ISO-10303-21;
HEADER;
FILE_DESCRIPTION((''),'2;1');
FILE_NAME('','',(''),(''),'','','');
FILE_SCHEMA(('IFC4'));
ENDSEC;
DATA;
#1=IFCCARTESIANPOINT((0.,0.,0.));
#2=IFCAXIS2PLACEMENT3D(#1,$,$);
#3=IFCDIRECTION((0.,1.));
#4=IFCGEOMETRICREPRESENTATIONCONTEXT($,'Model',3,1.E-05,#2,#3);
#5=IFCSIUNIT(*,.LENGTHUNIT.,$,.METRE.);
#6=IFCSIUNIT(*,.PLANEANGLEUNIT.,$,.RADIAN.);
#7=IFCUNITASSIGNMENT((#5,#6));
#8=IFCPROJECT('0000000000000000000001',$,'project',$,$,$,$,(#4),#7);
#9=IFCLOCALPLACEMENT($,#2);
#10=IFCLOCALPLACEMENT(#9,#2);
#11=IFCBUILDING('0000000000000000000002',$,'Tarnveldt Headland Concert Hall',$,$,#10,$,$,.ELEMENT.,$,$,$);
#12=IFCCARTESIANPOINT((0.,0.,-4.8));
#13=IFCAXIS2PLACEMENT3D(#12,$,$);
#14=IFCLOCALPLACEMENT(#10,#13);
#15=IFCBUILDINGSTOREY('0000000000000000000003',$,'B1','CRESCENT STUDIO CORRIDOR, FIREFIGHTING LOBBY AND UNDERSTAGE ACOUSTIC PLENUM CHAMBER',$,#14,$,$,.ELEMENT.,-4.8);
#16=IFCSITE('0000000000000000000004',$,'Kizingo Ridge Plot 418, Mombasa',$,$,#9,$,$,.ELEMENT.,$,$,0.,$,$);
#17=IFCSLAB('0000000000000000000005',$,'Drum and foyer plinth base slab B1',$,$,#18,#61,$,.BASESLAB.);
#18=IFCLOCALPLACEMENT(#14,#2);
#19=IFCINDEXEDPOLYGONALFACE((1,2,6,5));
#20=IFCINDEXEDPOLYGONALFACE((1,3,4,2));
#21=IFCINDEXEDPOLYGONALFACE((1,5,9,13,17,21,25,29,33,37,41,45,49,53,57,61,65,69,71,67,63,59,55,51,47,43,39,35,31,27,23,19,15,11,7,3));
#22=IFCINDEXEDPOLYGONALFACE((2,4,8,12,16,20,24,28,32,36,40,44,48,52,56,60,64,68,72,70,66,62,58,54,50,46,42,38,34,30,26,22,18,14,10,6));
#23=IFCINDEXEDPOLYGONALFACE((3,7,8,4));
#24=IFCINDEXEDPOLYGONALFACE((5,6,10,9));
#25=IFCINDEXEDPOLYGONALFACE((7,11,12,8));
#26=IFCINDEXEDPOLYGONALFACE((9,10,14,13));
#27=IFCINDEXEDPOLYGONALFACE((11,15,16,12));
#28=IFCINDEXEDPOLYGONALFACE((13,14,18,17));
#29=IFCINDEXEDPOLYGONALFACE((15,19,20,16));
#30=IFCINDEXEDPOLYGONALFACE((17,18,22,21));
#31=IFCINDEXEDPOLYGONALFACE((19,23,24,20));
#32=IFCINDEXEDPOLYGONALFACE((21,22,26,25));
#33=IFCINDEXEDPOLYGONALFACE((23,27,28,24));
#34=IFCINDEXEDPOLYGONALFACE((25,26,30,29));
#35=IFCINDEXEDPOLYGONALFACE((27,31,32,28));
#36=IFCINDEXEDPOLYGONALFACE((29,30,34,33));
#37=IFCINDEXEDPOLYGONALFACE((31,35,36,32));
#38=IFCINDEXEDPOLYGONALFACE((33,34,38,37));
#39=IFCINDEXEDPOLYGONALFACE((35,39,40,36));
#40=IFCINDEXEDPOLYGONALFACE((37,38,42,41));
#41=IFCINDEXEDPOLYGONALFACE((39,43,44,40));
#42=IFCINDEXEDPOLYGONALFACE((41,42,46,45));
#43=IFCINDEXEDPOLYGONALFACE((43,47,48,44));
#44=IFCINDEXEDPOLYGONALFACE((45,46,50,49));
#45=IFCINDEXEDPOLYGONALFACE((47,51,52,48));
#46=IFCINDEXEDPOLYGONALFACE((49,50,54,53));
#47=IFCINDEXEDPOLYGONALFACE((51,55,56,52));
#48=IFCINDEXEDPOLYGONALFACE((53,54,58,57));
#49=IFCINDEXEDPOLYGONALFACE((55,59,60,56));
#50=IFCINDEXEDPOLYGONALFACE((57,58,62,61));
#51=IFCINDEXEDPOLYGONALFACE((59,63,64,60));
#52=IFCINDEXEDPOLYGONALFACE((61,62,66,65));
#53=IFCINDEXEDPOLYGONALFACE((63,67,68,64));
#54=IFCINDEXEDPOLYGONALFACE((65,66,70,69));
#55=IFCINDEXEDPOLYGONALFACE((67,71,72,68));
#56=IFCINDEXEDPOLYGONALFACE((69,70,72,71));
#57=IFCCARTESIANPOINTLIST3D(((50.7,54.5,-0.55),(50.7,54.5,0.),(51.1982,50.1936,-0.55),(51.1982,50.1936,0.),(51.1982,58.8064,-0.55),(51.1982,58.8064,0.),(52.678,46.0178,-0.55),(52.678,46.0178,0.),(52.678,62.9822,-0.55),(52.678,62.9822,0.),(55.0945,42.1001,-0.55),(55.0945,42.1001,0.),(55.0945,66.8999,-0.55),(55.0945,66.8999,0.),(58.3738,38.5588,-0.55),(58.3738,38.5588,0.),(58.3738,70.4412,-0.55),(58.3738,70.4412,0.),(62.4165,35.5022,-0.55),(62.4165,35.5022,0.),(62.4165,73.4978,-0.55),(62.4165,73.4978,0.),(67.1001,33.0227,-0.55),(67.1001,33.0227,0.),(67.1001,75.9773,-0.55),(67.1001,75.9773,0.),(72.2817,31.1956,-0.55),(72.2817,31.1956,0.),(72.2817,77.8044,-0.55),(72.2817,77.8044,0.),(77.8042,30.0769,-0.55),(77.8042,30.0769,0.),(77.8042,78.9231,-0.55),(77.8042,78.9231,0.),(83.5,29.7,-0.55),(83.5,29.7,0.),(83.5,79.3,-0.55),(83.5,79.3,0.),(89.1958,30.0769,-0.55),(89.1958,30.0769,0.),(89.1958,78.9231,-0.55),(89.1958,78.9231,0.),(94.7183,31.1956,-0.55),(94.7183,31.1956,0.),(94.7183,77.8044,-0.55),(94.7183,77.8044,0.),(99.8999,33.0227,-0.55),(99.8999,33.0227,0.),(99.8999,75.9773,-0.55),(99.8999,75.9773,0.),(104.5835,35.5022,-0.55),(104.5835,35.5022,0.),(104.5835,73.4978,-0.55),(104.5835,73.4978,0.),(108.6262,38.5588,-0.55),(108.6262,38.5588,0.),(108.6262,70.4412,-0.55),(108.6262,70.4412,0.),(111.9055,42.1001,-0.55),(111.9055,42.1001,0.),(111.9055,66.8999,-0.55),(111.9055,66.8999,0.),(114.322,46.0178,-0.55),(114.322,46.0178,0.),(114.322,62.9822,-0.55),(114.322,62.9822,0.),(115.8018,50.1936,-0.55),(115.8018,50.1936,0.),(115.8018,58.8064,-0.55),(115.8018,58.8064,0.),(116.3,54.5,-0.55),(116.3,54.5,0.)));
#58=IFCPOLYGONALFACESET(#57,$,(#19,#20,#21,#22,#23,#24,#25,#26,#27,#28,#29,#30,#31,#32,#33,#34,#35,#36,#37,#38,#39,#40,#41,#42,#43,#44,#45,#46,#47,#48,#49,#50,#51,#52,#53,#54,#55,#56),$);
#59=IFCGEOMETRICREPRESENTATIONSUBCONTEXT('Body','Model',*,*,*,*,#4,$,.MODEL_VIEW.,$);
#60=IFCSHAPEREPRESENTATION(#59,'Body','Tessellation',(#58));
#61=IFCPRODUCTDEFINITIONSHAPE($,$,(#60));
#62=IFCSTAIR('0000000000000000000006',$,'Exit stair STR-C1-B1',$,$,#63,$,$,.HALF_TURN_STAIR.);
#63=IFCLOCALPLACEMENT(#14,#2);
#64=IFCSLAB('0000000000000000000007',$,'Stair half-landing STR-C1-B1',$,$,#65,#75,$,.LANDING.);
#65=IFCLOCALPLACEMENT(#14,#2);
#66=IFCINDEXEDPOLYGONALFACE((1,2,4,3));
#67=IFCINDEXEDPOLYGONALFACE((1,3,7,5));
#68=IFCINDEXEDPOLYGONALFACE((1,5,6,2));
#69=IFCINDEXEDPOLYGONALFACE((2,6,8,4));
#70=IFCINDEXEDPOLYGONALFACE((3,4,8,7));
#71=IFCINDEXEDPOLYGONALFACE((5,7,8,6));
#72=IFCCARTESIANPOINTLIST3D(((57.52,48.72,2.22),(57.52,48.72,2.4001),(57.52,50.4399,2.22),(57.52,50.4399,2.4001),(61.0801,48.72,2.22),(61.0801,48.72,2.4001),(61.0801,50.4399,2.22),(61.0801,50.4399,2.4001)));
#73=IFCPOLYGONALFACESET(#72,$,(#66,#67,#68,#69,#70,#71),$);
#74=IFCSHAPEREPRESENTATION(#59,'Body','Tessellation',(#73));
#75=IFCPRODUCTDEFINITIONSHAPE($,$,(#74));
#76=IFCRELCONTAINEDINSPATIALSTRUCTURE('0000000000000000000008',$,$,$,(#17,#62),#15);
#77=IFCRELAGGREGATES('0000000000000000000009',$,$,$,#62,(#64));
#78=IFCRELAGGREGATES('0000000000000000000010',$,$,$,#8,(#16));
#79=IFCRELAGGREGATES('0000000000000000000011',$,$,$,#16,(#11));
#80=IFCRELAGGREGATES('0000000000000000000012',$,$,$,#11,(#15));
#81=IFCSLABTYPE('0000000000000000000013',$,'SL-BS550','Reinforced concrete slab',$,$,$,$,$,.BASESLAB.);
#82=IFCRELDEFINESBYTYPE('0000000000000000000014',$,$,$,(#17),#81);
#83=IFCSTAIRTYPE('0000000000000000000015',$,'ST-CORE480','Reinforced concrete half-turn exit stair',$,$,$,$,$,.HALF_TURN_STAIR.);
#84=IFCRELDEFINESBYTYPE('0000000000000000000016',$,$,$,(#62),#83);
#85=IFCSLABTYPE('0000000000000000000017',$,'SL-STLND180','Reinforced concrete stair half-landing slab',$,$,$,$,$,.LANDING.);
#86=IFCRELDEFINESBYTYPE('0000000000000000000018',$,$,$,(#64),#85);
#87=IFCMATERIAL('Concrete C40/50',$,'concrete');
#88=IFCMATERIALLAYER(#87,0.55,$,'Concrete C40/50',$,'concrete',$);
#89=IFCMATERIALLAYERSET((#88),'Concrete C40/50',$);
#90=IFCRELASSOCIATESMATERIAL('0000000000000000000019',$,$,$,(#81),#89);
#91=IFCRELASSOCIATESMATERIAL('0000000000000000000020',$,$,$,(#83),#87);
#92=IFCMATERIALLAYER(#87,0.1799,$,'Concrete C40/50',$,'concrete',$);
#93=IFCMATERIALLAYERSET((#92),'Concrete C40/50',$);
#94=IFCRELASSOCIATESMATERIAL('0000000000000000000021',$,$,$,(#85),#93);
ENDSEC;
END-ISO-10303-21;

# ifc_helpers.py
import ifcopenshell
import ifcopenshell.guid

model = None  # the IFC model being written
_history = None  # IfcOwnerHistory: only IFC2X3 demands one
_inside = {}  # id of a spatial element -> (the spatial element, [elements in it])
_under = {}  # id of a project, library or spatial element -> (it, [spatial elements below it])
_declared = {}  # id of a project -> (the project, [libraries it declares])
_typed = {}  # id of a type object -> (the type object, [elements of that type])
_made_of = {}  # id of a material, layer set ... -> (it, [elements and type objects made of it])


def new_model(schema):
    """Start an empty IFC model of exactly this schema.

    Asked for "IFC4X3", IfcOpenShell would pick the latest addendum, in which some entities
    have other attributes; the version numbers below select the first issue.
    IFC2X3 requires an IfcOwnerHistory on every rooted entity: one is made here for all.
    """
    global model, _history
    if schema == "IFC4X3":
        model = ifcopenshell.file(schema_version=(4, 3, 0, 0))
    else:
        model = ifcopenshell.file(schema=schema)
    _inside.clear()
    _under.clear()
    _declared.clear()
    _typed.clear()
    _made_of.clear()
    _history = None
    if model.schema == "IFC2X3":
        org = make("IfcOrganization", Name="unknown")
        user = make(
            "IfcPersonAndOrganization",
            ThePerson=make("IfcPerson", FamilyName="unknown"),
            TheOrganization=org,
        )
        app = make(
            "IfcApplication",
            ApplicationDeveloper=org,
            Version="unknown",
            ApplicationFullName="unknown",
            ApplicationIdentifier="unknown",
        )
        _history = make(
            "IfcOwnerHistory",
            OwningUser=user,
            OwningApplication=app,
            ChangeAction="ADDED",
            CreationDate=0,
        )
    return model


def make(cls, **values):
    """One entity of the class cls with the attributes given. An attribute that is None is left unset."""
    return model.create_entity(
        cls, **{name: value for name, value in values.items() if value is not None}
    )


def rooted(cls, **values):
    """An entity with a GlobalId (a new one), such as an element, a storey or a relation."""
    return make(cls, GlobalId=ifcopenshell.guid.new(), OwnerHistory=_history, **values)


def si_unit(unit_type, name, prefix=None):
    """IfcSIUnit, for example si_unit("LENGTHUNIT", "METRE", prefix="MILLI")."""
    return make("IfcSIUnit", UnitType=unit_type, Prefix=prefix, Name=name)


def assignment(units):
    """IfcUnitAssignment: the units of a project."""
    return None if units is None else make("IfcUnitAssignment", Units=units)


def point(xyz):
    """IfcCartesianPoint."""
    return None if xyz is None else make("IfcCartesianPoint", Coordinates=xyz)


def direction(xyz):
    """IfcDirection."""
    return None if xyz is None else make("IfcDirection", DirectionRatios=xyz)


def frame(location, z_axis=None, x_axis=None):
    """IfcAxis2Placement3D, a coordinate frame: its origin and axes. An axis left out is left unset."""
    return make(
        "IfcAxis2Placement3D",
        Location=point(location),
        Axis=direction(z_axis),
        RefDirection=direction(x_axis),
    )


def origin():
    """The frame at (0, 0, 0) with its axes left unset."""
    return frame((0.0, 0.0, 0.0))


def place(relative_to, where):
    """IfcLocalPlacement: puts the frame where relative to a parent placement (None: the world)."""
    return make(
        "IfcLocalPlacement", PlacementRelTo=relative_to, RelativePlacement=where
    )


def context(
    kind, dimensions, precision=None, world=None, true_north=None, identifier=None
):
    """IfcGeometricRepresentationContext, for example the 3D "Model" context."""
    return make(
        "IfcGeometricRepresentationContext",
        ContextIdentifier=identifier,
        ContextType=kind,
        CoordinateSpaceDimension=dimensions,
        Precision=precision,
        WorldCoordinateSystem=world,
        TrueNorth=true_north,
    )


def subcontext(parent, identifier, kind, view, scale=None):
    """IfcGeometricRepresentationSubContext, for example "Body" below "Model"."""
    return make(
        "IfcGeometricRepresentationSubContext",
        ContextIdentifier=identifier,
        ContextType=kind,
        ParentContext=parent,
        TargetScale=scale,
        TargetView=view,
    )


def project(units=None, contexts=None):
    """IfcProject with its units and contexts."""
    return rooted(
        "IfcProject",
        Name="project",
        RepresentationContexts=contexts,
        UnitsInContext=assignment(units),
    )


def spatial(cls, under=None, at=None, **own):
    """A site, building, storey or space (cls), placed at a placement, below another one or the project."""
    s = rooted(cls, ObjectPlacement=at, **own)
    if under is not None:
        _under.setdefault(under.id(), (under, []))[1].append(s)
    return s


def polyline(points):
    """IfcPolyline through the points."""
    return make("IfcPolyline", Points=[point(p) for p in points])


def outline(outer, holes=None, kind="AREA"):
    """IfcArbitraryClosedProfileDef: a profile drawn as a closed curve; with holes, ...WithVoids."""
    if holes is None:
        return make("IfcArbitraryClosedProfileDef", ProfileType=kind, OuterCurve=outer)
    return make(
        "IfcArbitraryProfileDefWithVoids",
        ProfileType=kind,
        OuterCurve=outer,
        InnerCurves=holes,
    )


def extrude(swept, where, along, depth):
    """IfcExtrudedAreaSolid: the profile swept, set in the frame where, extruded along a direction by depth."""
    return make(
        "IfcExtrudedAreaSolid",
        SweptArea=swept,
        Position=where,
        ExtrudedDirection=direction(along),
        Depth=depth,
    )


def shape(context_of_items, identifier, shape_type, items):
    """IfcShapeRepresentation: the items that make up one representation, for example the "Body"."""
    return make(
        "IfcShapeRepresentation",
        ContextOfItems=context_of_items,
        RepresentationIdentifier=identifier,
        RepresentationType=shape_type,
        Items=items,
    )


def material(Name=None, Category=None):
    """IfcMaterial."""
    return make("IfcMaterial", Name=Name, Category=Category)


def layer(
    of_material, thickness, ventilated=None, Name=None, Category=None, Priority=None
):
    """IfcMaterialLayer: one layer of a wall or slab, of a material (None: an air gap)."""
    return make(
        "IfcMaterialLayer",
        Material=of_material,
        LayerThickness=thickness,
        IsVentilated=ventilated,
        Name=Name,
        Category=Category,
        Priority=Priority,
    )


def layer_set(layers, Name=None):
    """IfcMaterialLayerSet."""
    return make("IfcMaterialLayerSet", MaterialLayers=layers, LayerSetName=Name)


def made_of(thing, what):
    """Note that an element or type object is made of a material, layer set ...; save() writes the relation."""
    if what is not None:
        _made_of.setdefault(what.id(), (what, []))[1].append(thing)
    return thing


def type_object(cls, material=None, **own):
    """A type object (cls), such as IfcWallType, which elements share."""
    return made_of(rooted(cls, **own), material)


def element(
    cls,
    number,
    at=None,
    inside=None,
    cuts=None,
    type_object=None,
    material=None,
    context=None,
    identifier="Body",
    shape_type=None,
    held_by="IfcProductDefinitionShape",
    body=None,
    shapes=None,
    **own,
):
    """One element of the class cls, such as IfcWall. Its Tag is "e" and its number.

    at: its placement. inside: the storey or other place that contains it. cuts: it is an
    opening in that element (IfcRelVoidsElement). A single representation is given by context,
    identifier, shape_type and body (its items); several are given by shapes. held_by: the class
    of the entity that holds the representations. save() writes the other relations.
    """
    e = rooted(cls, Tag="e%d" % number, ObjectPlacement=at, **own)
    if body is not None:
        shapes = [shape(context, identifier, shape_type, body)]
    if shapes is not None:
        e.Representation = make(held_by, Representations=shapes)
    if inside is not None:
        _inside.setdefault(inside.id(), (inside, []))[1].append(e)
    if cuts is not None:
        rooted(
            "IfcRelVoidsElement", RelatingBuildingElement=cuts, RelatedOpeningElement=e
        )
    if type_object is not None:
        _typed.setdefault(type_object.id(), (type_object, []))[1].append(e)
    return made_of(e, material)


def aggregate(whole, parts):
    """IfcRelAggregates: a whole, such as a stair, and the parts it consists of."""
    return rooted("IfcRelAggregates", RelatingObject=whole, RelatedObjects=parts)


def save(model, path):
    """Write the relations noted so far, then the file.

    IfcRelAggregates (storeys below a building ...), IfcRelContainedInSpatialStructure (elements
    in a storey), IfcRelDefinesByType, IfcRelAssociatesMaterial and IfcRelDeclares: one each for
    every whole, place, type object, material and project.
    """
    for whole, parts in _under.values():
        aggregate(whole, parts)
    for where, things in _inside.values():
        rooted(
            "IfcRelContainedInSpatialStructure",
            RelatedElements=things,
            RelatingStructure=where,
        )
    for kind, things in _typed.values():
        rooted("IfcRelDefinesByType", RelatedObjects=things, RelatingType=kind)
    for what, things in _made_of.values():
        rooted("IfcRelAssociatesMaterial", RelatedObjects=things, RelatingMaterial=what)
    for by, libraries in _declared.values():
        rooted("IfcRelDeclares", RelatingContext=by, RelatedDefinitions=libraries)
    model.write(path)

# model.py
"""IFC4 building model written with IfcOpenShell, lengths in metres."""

from ifc_helpers import new_model, si_unit, direction, frame, origin, place, context, subcontext, project, spatial, polyline, outline, extrude, material, layer, layer_set, type_object, element, aggregate, save


model = new_model("IFC4")

# Units and contexts
model_context = context("Model", 3, precision=1e-05, world=origin(), true_north=direction((0.0, 1.0)))
body_context = subcontext(model_context, "Body", "Model", "MODEL_VIEW")
ifc_project = project(units=[si_unit("LENGTHUNIT", "METRE"), si_unit("PLANEANGLEUNIT", "RADIAN")], contexts=[model_context])

# Site, building, storey
site_placement = place(None, origin())
site = spatial("IfcSite", under=ifc_project, at=site_placement, Name="Kizingo Ridge Plot 418, Mombasa", CompositionType="ELEMENT", RefElevation=0.0)
building_placement = place(site_placement, origin())
building = spatial("IfcBuilding", under=site, at=building_placement, Name="Tarnveldt Headland Concert Hall", CompositionType="ELEMENT")
storey_placement = place(building_placement, frame((0.0, 0.0, -4.8)))
storey = spatial("IfcBuildingStorey", under=building, at=storey_placement, Name="B1", Description="CRESCENT STUDIO CORRIDOR, FIREFIGHTING LOBBY AND UNDERSTAGE ACOUSTIC PLENUM CHAMBER", CompositionType="ELEMENT", Elevation=-4.8)

# Shared definitions
ifc_material = material(Name="Concrete C40/50", Category="concrete")

# Slab
ifc_layer_1 = layer(ifc_material, 0.55, Name="Concrete C40/50", Category="concrete")
ifc_layer_set_1 = layer_set([ifc_layer_1], Name="Concrete C40/50")
slab_type_1 = type_object("IfcSlabType", Name="SL-BS550", Description="Reinforced concrete slab", PredefinedType="BASESLAB", material=ifc_layer_set_1)
slab_1_placement = place(storey_placement, frame((0.0, 0.0, -0.55)))
element("IfcSlab", 1, at=slab_1_placement, inside=storey, type_object=slab_type_1, Name="Drum and foyer plinth base slab B1", PredefinedType="BASESLAB", context=body_context, shape_type="SweptSolid", body=[
    extrude(outline(polyline([(116.3, 54.5), (115.8018, 58.8064), (114.322, 62.9822), (111.9055, 66.8999), (108.6262, 70.4412), (104.5835, 73.4978), (99.8999, 75.9773), (94.7183, 77.8044), (89.1958, 78.9231), (83.5, 79.3), (77.8042, 78.9231), (72.2817, 77.8044), (67.1001, 75.9773), (62.4165, 73.4978), (58.3738, 70.4412), (55.0945, 66.8999), (52.678, 62.9822), (51.1982, 58.8064), (50.7, 54.5), (51.1982, 50.1936), (52.678, 46.0178), (55.0945, 42.1001), (58.3738, 38.5588), (62.4165, 35.5022), (67.1001, 33.0227), (72.2817, 31.1956), (77.8042, 30.0769), (83.5, 29.7), (89.1958, 30.0769), (94.7183, 31.1956), (99.8999, 33.0227), (104.5835, 35.5022), (108.6262, 38.5588), (111.9055, 42.1001), (114.322, 46.0178), (115.8018, 50.1936), (116.3, 54.5)])), origin(), (0.0, 0.0, 1.0), 0.55),
])

# Stair, slab
stair_type = type_object("IfcStairType", Name="ST-CORE480", Description="Reinforced concrete half-turn exit stair", PredefinedType="HALF_TURN_STAIR", material=ifc_material)
stair_placement = place(storey_placement, origin())
stair = element("IfcStair", 2, at=stair_placement, inside=storey, type_object=stair_type, Name="Exit stair STR-C1-B1", PredefinedType="HALF_TURN_STAIR")
ifc_layer_2 = layer(ifc_material, 0.1799, Name="Concrete C40/50", Category="concrete")
ifc_layer_set_2 = layer_set([ifc_layer_2], Name="Concrete C40/50")
slab_type_2 = type_object("IfcSlabType", Name="SL-STLND180", Description="Reinforced concrete stair half-landing slab", PredefinedType="LANDING", material=ifc_layer_set_2)
slab_2_placement = place(storey_placement, frame((0.0, 0.0, 2.22)))
slab_2 = element("IfcSlab", 3, at=slab_2_placement, type_object=slab_type_2, Name="Stair half-landing STR-C1-B1", PredefinedType="LANDING", context=body_context, shape_type="SweptSolid", body=[
    extrude(outline(polyline([(57.52, 48.72), (61.0801, 48.72), (61.0801, 50.4399), (57.52, 50.4399), (57.52, 48.72)])), origin(), (0.0, 0.0, 1.0), 0.1802),
])
aggregate(stair, [slab_2])

save(model, "model.ifc")
